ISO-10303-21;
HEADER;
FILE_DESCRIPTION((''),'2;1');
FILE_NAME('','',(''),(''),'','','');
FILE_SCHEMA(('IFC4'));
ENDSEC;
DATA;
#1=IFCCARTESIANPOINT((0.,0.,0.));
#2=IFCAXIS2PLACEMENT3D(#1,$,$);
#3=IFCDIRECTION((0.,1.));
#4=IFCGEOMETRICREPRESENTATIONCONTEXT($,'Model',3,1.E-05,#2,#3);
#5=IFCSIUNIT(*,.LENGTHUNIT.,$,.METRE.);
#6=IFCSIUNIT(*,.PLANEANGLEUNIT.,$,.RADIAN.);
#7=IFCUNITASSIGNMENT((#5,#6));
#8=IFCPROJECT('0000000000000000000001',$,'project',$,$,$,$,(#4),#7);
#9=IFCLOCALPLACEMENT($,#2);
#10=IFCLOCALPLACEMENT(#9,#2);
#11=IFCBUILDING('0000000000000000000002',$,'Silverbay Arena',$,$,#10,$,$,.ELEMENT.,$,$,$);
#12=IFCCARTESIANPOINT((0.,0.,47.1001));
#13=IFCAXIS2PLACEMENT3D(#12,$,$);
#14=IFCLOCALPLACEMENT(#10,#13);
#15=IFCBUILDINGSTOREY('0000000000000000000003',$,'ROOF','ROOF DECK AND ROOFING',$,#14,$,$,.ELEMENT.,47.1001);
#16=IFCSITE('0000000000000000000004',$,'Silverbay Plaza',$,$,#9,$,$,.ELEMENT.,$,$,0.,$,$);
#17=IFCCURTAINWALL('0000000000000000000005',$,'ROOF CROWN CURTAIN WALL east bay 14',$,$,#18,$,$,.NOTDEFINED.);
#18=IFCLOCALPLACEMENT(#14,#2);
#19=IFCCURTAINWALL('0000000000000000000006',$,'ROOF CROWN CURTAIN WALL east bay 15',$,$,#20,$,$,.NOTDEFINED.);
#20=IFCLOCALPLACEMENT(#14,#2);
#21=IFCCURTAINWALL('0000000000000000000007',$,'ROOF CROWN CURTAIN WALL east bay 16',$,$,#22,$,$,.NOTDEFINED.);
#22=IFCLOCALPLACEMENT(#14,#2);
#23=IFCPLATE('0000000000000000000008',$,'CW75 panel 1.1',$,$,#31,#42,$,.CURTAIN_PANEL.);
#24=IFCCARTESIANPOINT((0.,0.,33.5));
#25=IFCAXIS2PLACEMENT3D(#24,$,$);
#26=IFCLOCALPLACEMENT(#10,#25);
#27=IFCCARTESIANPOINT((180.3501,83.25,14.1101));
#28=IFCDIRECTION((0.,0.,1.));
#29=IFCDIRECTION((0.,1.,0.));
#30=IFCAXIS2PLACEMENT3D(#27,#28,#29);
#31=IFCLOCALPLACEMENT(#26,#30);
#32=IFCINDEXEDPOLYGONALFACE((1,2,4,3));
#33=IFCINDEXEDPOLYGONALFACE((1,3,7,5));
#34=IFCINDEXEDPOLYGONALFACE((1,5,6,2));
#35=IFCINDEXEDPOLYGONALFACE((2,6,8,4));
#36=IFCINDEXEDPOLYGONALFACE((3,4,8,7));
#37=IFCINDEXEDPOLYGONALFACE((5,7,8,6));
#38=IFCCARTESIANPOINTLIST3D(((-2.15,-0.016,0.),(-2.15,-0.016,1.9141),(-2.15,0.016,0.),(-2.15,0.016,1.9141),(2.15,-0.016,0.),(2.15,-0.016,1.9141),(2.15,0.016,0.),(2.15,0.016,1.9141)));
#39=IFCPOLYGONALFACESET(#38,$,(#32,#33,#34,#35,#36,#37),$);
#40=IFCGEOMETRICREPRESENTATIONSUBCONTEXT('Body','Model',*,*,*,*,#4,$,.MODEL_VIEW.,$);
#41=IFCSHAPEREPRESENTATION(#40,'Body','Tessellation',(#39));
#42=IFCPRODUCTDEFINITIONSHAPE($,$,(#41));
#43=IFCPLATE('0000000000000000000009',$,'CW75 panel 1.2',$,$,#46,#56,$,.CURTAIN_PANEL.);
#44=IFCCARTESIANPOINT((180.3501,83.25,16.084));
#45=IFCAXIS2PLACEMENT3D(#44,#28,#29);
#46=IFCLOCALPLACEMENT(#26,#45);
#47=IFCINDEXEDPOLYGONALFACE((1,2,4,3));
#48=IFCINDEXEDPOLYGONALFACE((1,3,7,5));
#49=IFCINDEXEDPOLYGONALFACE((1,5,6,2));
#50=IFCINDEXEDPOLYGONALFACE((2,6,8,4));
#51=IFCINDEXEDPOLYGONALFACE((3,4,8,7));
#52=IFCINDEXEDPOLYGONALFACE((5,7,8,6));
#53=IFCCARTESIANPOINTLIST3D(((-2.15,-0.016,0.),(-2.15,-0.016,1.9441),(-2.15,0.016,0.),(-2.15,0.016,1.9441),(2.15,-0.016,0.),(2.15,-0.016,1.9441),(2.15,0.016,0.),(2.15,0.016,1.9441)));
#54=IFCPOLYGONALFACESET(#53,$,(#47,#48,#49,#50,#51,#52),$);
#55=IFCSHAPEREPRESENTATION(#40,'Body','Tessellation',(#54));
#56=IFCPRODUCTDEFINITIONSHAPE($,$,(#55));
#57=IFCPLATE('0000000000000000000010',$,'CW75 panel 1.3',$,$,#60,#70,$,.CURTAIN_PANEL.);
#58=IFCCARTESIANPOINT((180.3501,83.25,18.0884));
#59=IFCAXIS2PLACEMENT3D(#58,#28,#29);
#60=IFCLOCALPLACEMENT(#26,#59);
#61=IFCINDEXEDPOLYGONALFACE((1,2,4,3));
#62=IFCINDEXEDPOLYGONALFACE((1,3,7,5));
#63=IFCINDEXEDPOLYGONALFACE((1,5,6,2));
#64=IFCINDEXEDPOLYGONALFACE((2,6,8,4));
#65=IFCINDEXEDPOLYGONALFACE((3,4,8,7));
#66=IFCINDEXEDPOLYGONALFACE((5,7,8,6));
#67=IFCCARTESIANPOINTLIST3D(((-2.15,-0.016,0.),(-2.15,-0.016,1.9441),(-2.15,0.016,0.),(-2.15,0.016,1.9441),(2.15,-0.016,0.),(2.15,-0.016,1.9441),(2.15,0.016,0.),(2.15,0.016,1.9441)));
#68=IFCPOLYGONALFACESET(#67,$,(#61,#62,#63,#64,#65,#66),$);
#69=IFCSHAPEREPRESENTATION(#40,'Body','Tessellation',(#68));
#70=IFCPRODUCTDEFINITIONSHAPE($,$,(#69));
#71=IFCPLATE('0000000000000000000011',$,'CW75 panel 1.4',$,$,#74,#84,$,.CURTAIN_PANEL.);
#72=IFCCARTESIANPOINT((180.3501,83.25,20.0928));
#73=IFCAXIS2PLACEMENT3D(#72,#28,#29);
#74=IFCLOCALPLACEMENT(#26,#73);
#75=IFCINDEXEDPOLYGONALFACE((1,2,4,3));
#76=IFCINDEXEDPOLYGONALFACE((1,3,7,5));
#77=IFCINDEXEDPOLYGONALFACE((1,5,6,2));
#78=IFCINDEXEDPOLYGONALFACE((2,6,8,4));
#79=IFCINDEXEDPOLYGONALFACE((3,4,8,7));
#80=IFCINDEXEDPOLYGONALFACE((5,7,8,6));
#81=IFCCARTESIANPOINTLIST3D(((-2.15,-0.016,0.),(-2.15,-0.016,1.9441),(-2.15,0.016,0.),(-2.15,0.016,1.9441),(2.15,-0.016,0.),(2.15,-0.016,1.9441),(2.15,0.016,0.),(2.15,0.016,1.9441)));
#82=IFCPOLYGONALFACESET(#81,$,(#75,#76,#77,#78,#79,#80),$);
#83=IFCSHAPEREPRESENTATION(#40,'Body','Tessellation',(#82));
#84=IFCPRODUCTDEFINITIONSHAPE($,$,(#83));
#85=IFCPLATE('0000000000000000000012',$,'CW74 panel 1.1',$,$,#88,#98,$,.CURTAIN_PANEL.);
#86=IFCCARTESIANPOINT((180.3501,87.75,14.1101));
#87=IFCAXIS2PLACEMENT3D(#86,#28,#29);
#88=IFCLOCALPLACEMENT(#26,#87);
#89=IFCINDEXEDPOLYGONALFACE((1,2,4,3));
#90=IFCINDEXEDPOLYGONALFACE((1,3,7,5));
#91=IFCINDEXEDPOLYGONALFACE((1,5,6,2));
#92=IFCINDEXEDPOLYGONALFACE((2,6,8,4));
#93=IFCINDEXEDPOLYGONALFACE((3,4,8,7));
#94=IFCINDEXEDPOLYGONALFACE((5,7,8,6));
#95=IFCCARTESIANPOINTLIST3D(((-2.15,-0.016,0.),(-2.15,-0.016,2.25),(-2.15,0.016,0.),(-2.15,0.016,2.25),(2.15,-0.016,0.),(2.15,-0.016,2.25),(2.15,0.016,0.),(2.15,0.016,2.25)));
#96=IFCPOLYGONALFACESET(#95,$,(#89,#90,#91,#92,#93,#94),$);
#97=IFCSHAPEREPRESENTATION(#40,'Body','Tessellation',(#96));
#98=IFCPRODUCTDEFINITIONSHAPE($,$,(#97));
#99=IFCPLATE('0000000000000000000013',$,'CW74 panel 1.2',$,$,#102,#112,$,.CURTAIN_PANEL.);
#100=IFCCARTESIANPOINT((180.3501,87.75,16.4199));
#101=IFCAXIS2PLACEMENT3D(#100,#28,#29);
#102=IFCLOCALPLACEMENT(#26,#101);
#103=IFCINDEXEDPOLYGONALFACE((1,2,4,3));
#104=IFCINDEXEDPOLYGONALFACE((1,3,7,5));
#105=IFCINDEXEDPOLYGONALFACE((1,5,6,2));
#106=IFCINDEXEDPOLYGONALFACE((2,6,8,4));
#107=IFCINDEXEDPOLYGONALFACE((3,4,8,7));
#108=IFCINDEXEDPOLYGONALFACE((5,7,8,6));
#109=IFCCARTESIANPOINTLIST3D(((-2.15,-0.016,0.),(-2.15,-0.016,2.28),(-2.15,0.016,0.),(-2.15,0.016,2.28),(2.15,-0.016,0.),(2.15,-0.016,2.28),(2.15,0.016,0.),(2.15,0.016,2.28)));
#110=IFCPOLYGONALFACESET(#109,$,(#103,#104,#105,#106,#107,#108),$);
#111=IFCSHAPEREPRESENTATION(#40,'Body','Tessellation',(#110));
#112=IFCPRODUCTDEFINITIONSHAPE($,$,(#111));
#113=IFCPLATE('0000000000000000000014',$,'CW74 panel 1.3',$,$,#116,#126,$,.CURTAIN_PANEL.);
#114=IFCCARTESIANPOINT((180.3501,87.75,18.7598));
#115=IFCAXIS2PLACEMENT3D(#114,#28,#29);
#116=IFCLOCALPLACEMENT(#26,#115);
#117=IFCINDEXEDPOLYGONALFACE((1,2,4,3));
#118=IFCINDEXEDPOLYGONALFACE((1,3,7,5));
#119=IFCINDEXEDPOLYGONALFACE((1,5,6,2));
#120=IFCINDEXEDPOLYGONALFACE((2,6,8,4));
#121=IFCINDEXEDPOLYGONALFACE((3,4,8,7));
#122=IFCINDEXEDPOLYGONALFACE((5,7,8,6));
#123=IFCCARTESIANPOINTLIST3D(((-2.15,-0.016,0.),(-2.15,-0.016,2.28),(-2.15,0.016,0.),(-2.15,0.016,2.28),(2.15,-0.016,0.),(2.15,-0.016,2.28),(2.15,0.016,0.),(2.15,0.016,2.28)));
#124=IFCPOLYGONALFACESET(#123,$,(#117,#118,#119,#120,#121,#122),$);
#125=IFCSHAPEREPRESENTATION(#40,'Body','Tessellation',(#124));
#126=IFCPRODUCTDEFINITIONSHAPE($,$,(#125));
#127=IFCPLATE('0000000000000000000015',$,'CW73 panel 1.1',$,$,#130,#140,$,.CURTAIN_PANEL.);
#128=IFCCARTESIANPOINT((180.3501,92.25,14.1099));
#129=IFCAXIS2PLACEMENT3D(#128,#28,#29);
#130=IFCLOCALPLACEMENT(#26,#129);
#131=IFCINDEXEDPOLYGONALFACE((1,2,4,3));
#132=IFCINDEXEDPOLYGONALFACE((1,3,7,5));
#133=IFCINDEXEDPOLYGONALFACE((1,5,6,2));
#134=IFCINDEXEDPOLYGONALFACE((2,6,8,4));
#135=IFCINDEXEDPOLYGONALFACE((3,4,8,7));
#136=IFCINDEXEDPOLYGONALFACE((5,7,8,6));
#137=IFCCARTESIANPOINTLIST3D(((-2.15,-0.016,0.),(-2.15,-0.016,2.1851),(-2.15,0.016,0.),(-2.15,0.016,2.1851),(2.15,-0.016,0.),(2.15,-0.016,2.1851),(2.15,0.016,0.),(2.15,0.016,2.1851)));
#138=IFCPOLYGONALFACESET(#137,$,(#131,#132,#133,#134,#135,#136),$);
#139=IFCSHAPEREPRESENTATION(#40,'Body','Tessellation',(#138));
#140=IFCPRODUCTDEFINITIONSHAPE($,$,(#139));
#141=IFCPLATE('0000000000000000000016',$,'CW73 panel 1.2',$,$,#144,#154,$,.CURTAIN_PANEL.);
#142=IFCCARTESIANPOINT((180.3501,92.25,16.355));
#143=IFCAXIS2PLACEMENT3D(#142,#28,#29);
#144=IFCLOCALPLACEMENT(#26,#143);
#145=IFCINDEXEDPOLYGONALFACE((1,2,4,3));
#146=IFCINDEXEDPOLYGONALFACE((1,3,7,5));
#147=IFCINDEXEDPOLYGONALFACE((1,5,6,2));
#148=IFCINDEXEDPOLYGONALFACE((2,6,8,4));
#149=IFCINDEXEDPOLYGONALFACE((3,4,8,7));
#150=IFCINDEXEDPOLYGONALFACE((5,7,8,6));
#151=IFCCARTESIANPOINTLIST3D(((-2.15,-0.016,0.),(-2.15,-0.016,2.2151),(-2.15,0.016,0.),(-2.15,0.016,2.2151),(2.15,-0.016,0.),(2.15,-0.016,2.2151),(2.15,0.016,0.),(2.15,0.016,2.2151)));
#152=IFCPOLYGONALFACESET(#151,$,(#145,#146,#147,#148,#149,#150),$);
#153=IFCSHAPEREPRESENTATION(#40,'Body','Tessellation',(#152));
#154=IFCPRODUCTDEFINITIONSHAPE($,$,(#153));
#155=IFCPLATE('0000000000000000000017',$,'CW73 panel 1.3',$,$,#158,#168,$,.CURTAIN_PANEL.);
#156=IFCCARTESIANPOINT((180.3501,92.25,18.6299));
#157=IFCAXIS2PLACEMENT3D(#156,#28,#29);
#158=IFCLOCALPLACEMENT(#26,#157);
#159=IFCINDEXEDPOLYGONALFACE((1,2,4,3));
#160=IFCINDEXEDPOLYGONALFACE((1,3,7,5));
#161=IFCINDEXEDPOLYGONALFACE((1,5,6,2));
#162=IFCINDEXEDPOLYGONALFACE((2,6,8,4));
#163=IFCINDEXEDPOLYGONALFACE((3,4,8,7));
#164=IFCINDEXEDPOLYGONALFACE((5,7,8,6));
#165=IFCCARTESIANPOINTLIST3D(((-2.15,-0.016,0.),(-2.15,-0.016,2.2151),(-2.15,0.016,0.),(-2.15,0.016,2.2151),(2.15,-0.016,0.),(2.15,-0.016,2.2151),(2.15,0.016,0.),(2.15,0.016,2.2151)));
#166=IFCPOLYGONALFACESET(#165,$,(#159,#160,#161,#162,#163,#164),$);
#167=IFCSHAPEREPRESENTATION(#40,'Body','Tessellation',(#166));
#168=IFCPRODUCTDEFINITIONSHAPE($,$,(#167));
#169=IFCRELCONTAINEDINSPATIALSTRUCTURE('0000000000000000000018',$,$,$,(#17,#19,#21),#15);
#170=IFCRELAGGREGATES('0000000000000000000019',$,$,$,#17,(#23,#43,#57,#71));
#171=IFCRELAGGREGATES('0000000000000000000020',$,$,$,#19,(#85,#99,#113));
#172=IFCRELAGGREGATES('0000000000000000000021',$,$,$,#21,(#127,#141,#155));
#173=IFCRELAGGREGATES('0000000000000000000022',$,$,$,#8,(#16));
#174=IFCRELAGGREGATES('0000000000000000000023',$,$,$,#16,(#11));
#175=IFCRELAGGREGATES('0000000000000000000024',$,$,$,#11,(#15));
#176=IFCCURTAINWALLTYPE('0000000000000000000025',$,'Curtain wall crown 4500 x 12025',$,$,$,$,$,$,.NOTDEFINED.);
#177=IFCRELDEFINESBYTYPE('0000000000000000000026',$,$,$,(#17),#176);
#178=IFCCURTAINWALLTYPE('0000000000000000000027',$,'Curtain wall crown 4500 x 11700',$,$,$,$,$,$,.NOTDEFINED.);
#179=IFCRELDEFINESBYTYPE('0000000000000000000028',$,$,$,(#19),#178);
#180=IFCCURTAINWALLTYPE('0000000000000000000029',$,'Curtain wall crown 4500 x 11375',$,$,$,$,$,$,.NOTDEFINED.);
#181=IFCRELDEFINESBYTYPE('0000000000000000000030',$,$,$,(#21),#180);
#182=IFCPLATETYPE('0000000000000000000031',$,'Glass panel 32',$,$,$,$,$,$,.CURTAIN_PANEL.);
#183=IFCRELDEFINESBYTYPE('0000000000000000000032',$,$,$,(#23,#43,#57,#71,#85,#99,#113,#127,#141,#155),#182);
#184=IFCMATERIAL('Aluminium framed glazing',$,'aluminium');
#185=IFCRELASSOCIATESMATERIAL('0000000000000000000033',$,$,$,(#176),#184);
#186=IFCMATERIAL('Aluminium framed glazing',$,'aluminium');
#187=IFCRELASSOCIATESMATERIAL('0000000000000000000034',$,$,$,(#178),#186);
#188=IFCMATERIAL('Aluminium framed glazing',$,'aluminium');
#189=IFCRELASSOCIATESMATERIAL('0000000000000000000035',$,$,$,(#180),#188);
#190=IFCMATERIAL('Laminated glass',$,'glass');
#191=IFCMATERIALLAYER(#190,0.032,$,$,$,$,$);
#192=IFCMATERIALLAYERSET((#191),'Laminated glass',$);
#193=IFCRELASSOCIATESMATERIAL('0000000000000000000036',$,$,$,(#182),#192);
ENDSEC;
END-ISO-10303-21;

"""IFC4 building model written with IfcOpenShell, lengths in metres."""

from ifc_helpers import new_model, si_unit, direction, frame, origin, origin_2d, place, context, subcontext, project, spatial, rectangle, extrude, material, layer, layer_set, type_object, element, aggregate, save


model = new_model("IFC4")

# Units and contexts
model_context = context("Model", 3, precision=1e-05, world=origin(), true_north=direction((0.0, 1.0)))
body_context = subcontext(model_context, "Body", "Model", "MODEL_VIEW")
ifc_project = project(units=[si_unit("LENGTHUNIT", "METRE"), si_unit("PLANEANGLEUNIT", "RADIAN")], contexts=[model_context])

# Site, building, storey
site_placement = place(None, origin())
site = spatial("IfcSite", under=ifc_project, at=site_placement, Name="Silverbay Plaza", CompositionType="ELEMENT", RefElevation=0.0)
building_placement = place(site_placement, origin())
building = spatial("IfcBuilding", under=site, at=building_placement, Name="Silverbay Arena", CompositionType="ELEMENT")
storey_placement = place(building_placement, frame((0.0, 0.0, 47.1001)))
storey = spatial("IfcBuildingStorey", under=building, at=storey_placement, Name="ROOF", Description="ROOF DECK AND ROOFING", CompositionType="ELEMENT", Elevation=47.1001)

# Curtain walls
ifc_material_1 = material(Name="Aluminium framed glazing", Category="aluminium")
curtain_wall_type_1 = type_object("IfcCurtainWallType", Name="Curtain wall crown 4500 x 12025", PredefinedType="NOTDEFINED", material=ifc_material_1)
curtain_wall_1_placement = place(storey_placement, origin())
curtain_wall_1 = element("IfcCurtainWall", 1, at=curtain_wall_1_placement, inside=storey, type_object=curtain_wall_type_1, Name="ROOF CROWN CURTAIN WALL east bay 14", PredefinedType="NOTDEFINED")
placement = place(building_placement, frame((0.0, 0.0, 33.5)))
ifc_material_2 = material(Name="Aluminium framed glazing", Category="aluminium")
curtain_wall_type_2 = type_object("IfcCurtainWallType", Name="Curtain wall crown 4500 x 11700", PredefinedType="NOTDEFINED", material=ifc_material_2)
curtain_wall_2_placement = place(storey_placement, origin())
curtain_wall_2 = element("IfcCurtainWall", 2, at=curtain_wall_2_placement, inside=storey, type_object=curtain_wall_type_2, Name="ROOF CROWN CURTAIN WALL east bay 15", PredefinedType="NOTDEFINED")
ifc_material_3 = material(Name="Aluminium framed glazing", Category="aluminium")
curtain_wall_type_3 = type_object("IfcCurtainWallType", Name="Curtain wall crown 4500 x 11375", PredefinedType="NOTDEFINED", material=ifc_material_3)
curtain_wall_3_placement = place(storey_placement, origin())
curtain_wall_3 = element("IfcCurtainWall", 3, at=curtain_wall_3_placement, inside=storey, type_object=curtain_wall_type_3, Name="ROOF CROWN CURTAIN WALL east bay 16", PredefinedType="NOTDEFINED")

# Plates
ifc_material_4 = material(Name="Laminated glass", Category="glass")
ifc_layer = layer(ifc_material_4, 0.032)
ifc_layer_set = layer_set([ifc_layer], Name="Laminated glass")
plate_type = type_object("IfcPlateType", Name="Glass panel 32", PredefinedType="CURTAIN_PANEL", material=ifc_layer_set)
plate_1_placement = place(placement, frame((180.3501, 83.25, 14.1101), z_axis=(0.0, 0.0, 1.0), x_axis=(0.0, 1.0, 0.0)))
plate_1 = element("IfcPlate", 4, at=plate_1_placement, type_object=plate_type, Name="CW75 panel 1.1", PredefinedType="CURTAIN_PANEL", context=body_context, shape_type="SweptSolid", body=[
    extrude(rectangle(XDim=4.3, YDim=0.032, at=origin_2d()), origin(), (0.0, 0.0, 1.0), 1.9141),
])
plate_2_placement = place(placement, frame((180.3501, 83.25, 16.084), z_axis=(0.0, 0.0, 1.0), x_axis=(0.0, 1.0, 0.0)))
plate_2 = element("IfcPlate", 5, at=plate_2_placement, type_object=plate_type, Name="CW75 panel 1.2", PredefinedType="CURTAIN_PANEL", context=body_context, shape_type="SweptSolid", body=[
    extrude(rectangle(XDim=4.3, YDim=0.032, at=origin_2d()), origin(), (0.0, 0.0, 1.0), 1.9441),
])
plate_3_placement = place(placement, frame((180.3501, 83.25, 18.0884), z_axis=(0.0, 0.0, 1.0), x_axis=(0.0, 1.0, 0.0)))
plate_3 = element("IfcPlate", 6, at=plate_3_placement, type_object=plate_type, Name="CW75 panel 1.3", PredefinedType="CURTAIN_PANEL", context=body_context, shape_type="SweptSolid", body=[
    extrude(rectangle(XDim=4.3, YDim=0.032, at=origin_2d()), origin(), (0.0, 0.0, 1.0), 1.9441),
])
plate_4_placement = place(placement, frame((180.3501, 83.25, 20.0928), z_axis=(0.0, 0.0, 1.0), x_axis=(0.0, 1.0, 0.0)))
plate_4 = element("IfcPlate", 7, at=plate_4_placement, type_object=plate_type, Name="CW75 panel 1.4", PredefinedType="CURTAIN_PANEL", context=body_context, shape_type="SweptSolid", body=[
    extrude(rectangle(XDim=4.3, YDim=0.032, at=origin_2d()), origin(), (0.0, 0.0, 1.0), 1.9441),
])
aggregate(curtain_wall_1, [plate_1, plate_2, plate_3, plate_4])
plate_5_placement = place(placement, frame((180.3501, 87.75, 14.1101), z_axis=(0.0, 0.0, 1.0), x_axis=(0.0, 1.0, 0.0)))
plate_5 = element("IfcPlate", 8, at=plate_5_placement, type_object=plate_type, Name="CW74 panel 1.1", PredefinedType="CURTAIN_PANEL", context=body_context, shape_type="SweptSolid", body=[
    extrude(rectangle(XDim=4.3, YDim=0.032, at=origin_2d()), origin(), (0.0, 0.0, 1.0), 2.25),
])
plate_6_placement = place(placement, frame((180.3501, 87.75, 16.4199), z_axis=(0.0, 0.0, 1.0), x_axis=(0.0, 1.0, 0.0)))
plate_6 = element("IfcPlate", 9, at=plate_6_placement, type_object=plate_type, Name="CW74 panel 1.2", PredefinedType="CURTAIN_PANEL", context=body_context, shape_type="SweptSolid", body=[
    extrude(rectangle(XDim=4.3, YDim=0.032, at=origin_2d()), origin(), (0.0, 0.0, 1.0), 2.28),
])
plate_7_placement = place(placement, frame((180.3501, 87.75, 18.7598), z_axis=(0.0, 0.0, 1.0), x_axis=(0.0, 1.0, 0.0)))
plate_7 = element("IfcPlate", 10, at=plate_7_placement, type_object=plate_type, Name="CW74 panel 1.3", PredefinedType="CURTAIN_PANEL", context=body_context, shape_type="SweptSolid", body=[
    extrude(rectangle(XDim=4.3, YDim=0.032, at=origin_2d()), origin(), (0.0, 0.0, 1.0), 2.28),
])
aggregate(curtain_wall_2, [plate_5, plate_6, plate_7])
plate_8_placement = place(placement, frame((180.3501, 92.25, 14.1099), z_axis=(0.0, 0.0, 1.0), x_axis=(0.0, 1.0, 0.0)))
plate_8 = element("IfcPlate", 11, at=plate_8_placement, type_object=plate_type, Name="CW73 panel 1.1", PredefinedType="CURTAIN_PANEL", context=body_context, shape_type="SweptSolid", body=[
    extrude(rectangle(XDim=4.3, YDim=0.032, at=origin_2d()), origin(), (0.0, 0.0, 1.0), 2.1851),
])
plate_9_placement = place(placement, frame((180.3501, 92.25, 16.355), z_axis=(0.0, 0.0, 1.0), x_axis=(0.0, 1.0, 0.0)))
plate_9 = element("IfcPlate", 12, at=plate_9_placement, type_object=plate_type, Name="CW73 panel 1.2", PredefinedType="CURTAIN_PANEL", context=body_context, shape_type="SweptSolid", body=[
    extrude(rectangle(XDim=4.3, YDim=0.032, at=origin_2d()), origin(), (0.0, 0.0, 1.0), 2.2151),
])
plate_10_placement = place(placement, frame((180.3501, 92.25, 18.6299), z_axis=(0.0, 0.0, 1.0), x_axis=(0.0, 1.0, 0.0)))
plate_10 = element("IfcPlate", 13, at=plate_10_placement, type_object=plate_type, Name="CW73 panel 1.3", PredefinedType="CURTAIN_PANEL", context=body_context, shape_type="SweptSolid", body=[
    extrude(rectangle(XDim=4.3, YDim=0.032, at=origin_2d()), origin(), (0.0, 0.0, 1.0), 2.2151),
])
aggregate(curtain_wall_3, [plate_8, plate_9, plate_10])

save(model, "model.ifc")
